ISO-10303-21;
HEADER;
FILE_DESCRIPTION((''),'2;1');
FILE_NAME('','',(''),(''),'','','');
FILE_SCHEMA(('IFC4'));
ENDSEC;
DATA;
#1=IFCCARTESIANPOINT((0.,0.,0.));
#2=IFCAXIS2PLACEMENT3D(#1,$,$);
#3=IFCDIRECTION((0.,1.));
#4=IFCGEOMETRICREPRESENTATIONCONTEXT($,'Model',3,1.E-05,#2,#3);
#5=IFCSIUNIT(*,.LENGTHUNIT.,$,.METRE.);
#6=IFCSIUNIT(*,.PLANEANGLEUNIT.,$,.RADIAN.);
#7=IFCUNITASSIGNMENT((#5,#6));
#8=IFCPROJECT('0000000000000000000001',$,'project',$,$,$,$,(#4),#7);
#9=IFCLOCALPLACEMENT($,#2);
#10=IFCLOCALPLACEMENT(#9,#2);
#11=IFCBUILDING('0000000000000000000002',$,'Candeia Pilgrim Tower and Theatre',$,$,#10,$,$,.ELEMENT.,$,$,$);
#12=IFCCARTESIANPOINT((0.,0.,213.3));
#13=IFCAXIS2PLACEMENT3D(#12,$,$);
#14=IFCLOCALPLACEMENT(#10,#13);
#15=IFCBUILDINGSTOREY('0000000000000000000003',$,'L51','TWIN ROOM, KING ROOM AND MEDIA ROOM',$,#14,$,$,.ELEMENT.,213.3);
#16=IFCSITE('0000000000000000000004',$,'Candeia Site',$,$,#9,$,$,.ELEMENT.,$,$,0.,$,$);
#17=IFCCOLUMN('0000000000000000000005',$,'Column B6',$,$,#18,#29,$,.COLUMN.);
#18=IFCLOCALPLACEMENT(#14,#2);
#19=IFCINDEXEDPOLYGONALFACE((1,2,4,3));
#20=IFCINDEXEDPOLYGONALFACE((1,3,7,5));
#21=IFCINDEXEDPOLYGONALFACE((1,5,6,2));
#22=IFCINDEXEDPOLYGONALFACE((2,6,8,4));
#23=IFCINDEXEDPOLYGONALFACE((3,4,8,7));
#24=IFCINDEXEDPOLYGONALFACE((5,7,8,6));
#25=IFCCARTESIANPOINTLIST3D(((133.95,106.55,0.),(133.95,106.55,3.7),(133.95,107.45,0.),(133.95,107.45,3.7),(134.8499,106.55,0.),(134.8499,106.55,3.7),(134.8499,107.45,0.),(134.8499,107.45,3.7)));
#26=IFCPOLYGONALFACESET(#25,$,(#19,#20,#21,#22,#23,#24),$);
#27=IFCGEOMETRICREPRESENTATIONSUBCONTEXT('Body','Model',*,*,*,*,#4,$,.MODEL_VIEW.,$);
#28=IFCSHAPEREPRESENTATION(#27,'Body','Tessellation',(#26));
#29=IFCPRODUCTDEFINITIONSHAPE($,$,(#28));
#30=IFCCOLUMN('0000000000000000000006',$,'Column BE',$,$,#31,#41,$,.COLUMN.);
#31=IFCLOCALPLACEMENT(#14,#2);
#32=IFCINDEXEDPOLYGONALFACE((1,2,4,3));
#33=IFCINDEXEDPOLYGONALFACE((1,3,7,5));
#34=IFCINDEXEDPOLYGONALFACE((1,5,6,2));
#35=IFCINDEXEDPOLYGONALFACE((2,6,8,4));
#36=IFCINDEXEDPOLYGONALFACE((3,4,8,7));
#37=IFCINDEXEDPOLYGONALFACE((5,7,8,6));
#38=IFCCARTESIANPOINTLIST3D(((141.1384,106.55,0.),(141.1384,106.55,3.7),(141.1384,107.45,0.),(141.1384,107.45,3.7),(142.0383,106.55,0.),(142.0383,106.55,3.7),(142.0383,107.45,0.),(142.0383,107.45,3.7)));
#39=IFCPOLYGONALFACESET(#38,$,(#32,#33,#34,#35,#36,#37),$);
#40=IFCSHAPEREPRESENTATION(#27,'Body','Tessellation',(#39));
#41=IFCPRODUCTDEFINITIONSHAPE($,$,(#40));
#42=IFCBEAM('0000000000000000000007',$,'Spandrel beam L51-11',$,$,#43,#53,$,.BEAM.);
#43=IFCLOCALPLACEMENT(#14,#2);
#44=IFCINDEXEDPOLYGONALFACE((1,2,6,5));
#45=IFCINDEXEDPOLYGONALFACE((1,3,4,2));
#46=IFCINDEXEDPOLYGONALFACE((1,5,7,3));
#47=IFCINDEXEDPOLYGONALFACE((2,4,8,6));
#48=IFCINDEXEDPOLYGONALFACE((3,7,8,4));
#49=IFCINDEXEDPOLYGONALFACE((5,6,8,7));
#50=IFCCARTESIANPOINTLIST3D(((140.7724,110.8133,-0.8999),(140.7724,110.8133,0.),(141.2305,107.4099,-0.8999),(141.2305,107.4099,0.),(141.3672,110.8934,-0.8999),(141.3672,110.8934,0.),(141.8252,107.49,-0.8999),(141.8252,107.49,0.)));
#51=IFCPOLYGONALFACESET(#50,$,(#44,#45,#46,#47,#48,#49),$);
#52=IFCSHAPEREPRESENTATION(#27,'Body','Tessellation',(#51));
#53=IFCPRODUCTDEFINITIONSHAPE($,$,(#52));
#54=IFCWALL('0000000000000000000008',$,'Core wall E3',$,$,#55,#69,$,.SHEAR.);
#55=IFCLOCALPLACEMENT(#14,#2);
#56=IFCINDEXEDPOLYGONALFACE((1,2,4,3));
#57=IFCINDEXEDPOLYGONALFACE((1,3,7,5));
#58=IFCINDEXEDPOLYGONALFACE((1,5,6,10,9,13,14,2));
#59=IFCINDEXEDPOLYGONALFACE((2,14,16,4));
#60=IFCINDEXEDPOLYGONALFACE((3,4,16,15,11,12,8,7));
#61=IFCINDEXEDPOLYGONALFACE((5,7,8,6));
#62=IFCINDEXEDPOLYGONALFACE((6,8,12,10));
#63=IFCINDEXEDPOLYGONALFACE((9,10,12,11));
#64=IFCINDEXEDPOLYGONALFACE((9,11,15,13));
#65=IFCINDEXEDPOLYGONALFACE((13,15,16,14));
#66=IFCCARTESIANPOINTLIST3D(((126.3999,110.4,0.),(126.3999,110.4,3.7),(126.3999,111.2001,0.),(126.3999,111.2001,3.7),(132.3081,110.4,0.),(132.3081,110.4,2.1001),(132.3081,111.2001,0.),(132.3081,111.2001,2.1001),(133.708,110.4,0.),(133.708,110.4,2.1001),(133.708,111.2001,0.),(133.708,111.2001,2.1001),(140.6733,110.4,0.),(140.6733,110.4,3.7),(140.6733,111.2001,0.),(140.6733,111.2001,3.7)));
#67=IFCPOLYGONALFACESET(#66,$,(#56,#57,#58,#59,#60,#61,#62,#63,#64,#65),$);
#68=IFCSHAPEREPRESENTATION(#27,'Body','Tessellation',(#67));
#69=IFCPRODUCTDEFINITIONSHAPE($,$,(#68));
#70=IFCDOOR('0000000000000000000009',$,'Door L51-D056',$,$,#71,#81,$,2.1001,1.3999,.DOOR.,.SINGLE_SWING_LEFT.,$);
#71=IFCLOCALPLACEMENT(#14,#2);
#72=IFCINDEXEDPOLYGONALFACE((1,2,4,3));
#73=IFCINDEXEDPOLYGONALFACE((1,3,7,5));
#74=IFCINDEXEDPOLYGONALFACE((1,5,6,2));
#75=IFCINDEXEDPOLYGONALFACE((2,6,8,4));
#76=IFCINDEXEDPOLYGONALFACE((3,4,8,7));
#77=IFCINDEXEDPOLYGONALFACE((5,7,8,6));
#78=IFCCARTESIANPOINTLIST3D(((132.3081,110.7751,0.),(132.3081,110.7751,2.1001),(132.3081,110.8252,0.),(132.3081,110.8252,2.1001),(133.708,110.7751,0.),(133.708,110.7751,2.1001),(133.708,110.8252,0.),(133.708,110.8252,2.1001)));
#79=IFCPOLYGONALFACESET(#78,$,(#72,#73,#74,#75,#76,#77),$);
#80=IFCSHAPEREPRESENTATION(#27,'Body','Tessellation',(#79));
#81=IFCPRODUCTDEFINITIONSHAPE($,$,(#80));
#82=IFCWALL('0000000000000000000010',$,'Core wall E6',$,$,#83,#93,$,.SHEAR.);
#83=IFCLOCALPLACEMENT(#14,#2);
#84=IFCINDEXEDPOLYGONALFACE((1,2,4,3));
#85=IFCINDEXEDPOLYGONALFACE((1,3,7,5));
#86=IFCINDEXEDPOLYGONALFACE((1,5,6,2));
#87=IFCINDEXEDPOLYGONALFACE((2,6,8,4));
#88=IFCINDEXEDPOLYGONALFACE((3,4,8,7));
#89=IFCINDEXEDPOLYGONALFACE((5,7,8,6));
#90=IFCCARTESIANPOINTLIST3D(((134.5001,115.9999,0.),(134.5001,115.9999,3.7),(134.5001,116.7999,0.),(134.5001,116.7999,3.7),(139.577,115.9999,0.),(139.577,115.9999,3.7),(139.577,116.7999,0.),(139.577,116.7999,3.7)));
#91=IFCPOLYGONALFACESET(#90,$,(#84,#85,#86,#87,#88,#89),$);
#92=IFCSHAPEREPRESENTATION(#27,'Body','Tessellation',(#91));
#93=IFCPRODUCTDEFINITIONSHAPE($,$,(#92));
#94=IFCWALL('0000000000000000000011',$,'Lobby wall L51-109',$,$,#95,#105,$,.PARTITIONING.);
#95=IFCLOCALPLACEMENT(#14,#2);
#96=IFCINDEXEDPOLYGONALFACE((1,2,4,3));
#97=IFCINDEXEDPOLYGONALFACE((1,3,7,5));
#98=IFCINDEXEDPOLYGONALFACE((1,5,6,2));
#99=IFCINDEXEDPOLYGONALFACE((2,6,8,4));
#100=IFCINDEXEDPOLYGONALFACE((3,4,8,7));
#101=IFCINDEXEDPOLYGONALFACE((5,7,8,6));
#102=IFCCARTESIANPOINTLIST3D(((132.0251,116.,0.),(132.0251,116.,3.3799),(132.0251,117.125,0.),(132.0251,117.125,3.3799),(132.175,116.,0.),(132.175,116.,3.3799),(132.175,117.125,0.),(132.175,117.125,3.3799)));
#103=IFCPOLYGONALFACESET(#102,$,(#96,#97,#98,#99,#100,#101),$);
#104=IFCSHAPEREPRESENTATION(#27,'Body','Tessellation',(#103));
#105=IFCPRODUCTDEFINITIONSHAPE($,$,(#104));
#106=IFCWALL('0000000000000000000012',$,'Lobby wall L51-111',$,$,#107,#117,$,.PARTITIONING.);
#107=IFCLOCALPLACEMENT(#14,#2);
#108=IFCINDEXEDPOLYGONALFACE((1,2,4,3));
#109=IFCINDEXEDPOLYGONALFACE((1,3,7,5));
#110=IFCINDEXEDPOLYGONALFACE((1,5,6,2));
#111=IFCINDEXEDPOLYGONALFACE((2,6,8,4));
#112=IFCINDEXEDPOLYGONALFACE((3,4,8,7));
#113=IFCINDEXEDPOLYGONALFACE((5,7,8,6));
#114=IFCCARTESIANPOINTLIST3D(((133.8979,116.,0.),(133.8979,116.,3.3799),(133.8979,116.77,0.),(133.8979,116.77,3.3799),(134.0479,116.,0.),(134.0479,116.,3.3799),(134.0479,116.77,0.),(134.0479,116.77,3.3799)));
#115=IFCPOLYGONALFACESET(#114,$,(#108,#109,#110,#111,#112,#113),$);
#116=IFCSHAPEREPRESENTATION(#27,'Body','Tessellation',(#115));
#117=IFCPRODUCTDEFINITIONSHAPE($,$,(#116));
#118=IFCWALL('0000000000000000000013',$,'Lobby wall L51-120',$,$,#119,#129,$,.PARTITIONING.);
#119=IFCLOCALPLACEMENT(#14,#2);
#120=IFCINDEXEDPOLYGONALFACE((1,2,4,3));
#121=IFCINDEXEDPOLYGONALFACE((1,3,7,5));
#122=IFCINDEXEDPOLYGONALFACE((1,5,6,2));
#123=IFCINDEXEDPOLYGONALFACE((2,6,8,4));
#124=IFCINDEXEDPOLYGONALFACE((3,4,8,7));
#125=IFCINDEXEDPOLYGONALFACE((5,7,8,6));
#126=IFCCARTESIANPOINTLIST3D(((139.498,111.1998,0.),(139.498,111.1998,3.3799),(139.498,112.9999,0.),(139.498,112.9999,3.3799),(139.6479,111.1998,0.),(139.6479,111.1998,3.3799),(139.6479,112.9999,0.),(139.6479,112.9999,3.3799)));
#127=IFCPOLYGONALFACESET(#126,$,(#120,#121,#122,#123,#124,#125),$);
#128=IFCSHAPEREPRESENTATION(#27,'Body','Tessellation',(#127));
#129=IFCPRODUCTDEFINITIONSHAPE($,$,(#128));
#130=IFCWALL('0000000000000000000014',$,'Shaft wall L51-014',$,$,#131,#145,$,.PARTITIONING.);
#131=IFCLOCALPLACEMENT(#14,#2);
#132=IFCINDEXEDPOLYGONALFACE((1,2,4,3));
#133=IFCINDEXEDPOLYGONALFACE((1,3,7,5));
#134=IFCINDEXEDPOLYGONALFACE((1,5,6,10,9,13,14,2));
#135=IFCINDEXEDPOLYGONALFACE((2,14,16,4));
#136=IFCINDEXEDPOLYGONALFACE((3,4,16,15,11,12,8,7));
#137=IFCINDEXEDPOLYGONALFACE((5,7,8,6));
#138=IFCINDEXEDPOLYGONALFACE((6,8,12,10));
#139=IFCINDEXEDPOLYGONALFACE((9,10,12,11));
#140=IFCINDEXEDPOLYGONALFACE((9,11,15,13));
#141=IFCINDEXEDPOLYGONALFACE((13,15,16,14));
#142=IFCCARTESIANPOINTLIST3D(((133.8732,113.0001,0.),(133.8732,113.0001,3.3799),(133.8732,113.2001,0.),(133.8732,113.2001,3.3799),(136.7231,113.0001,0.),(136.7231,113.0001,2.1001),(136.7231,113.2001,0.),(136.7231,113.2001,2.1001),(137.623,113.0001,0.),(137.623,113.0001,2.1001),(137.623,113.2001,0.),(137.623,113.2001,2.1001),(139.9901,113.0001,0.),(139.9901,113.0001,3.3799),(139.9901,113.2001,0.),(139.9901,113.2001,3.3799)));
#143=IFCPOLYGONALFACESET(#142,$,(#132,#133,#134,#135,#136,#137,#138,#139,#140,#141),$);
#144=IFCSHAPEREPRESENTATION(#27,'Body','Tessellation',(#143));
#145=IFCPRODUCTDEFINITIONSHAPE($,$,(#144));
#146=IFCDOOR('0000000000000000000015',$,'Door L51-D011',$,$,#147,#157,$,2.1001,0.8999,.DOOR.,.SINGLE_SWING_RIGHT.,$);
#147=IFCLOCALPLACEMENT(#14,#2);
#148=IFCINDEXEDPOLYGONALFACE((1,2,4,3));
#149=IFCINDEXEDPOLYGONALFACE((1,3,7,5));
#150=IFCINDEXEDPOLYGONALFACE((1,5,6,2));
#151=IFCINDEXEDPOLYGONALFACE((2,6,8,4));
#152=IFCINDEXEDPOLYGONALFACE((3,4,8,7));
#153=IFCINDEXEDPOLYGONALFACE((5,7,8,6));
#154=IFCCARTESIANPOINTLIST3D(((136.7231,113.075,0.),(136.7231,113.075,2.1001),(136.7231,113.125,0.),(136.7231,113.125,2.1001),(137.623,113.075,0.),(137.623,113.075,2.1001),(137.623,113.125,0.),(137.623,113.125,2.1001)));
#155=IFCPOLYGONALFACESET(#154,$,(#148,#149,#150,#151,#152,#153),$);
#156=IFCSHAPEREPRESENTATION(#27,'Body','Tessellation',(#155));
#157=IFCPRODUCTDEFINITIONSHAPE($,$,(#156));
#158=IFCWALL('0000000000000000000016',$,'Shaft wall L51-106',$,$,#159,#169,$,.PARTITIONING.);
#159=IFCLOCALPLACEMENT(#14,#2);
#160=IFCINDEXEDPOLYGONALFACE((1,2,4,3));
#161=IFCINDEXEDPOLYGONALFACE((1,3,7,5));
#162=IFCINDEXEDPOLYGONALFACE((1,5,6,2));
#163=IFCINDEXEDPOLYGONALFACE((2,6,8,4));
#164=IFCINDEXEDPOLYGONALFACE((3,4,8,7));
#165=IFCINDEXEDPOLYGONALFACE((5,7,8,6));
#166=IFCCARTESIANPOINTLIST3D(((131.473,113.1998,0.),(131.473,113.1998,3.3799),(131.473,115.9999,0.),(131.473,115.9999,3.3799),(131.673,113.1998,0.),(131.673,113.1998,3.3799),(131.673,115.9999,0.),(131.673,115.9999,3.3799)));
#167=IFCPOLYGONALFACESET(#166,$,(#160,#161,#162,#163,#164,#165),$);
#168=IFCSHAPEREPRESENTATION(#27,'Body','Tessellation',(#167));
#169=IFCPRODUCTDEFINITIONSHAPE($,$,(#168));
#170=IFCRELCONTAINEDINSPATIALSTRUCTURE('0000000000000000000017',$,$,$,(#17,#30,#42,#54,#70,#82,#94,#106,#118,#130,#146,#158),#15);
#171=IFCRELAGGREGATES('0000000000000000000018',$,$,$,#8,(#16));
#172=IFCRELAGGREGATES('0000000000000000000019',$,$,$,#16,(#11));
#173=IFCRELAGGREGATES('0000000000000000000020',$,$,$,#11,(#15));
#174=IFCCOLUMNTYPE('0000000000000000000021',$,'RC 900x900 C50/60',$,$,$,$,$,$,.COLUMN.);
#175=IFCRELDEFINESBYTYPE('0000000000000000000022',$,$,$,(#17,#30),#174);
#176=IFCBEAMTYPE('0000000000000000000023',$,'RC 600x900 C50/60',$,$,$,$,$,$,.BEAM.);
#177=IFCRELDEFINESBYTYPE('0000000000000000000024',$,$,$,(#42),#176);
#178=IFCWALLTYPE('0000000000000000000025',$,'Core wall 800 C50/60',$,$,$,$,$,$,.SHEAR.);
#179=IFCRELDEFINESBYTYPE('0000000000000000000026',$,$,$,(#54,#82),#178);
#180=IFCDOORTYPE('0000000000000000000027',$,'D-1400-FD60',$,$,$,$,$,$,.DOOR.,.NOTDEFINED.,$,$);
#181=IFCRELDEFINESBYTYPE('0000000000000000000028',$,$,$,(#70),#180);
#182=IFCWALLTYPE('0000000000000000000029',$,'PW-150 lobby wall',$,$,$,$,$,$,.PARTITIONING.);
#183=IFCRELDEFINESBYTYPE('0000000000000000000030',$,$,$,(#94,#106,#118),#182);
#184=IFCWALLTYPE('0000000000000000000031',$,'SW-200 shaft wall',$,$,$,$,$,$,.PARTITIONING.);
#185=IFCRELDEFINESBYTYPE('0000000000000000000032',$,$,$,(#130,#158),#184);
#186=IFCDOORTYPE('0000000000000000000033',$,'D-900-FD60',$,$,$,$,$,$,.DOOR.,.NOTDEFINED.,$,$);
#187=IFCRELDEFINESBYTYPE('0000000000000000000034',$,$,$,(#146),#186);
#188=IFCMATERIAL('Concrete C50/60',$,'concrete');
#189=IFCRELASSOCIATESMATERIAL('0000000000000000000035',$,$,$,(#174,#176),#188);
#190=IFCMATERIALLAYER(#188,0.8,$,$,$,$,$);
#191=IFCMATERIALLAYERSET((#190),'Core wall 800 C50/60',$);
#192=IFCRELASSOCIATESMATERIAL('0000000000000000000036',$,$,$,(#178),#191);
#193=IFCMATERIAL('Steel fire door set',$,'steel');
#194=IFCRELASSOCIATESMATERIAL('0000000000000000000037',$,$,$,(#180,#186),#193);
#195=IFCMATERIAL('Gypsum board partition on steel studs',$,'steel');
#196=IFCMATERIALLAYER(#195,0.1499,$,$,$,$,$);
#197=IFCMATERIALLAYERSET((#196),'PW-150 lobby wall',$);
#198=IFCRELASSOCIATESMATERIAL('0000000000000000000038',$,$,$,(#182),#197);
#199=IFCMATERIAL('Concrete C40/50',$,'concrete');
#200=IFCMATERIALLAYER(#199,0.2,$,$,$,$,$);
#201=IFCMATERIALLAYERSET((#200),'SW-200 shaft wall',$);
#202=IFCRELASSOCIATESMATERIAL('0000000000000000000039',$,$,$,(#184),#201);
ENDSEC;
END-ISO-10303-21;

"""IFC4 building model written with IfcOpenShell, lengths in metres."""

from ifc_helpers import new_model, si_unit, direction, frame, frame_2d, origin, origin_2d, place, context, subcontext, project, spatial, rectangle, extrude, material, layer, layer_set, material_profile, profile_set, type_object, element, fill, save


model = new_model("IFC4")

# Units and contexts
model_context = context("Model", 3, precision=1e-05, world=origin(), true_north=direction((0.0, 1.0)))
body_context = subcontext(model_context, "Body", "Model", "MODEL_VIEW")
ifc_project = project(units=[si_unit("LENGTHUNIT", "METRE"), si_unit("PLANEANGLEUNIT", "RADIAN")], contexts=[model_context])

# Site, building, storey
site_placement = place(None, origin())
site = spatial("IfcSite", under=ifc_project, at=site_placement, Name="Candeia Site", CompositionType="ELEMENT", RefElevation=0.0)
building_placement = place(site_placement, origin())
building = spatial("IfcBuilding", under=site, at=building_placement, Name="Candeia Pilgrim Tower and Theatre", CompositionType="ELEMENT")
storey_placement = place(building_placement, frame((0.0, 0.0, 213.3)))
storey = spatial("IfcBuildingStorey", under=building, at=storey_placement, Name="L51", Description="TWIN ROOM, KING ROOM AND MEDIA ROOM", CompositionType="ELEMENT", Elevation=213.3)

# Columns
ifc_material_1 = material(Name="Concrete C50/60", Category="concrete")
ifc_material_profile_1 = material_profile(ifc_material_1, rectangle(XDim=0.8999, YDim=0.8999, at=origin_2d()))
ifc_profile_set_1 = profile_set([ifc_material_profile_1], Name="Concrete C50/60")
column_type = type_object("IfcColumnType", Name="RC 900x900 C50/60", PredefinedType="COLUMN", material=ifc_profile_set_1)
for number, where, z_axis, x_axis, name in (
    (1, (134.3999, 107.0, 0.0), (0.0, 0.0, 1.0), (1.0, 0.0, 0.0), "Column B6"),
    (2, (141.5884, 107.0, 0.0), (0.0, 0.0, 1.0), (1.0, 0.0, 0.0), "Column BE"),
):
    element("IfcColumn", number, at=place(storey_placement, frame(where, z_axis=z_axis, x_axis=x_axis)), inside=storey, type_object=column_type, Name=name, PredefinedType="COLUMN", context=body_context, shape_type="SweptSolid", body=[
        extrude(rectangle(XDim=0.8999, YDim=0.8999, at=origin_2d()), origin(), (0.0, 0.0, 1.0), 3.7),
    ])

# Beam
ifc_material_profile_2 = material_profile(ifc_material_1, rectangle(XDim=0.6001, YDim=0.8999, at=origin_2d()))
ifc_profile_set_2 = profile_set([ifc_material_profile_2], Name="Concrete C50/60")
beam_type = type_object("IfcBeamType", Name="RC 600x900 C50/60", PredefinedType="BEAM", material=ifc_profile_set_2)
beam_placement = place(storey_placement, frame((141.5278, 107.45, -0.45), z_axis=(-0.133374, 0.991066, 0.0), x_axis=(-0.991066, -0.133374, 0.0)))
element("IfcBeam", 3, at=beam_placement, inside=storey, type_object=beam_type, Name="Spandrel beam L51-11", PredefinedType="BEAM", context=body_context, shape_type="SweptSolid", body=[
    extrude(rectangle(XDim=0.6001, YDim=0.8999, at=origin_2d()), origin(), (0.0, 0.0, 1.0), 3.4341),
])

# Wall, opening, door
ifc_layer_1 = layer(ifc_material_1, 0.8)
ifc_layer_set_1 = layer_set([ifc_layer_1], Name="Core wall 800 C50/60")
wall_type_1 = type_object("IfcWallType", Name="Core wall 800 C50/60", PredefinedType="SHEAR", material=ifc_layer_set_1)
wall_1_placement = place(storey_placement, frame((140.6733, 110.8, 0.0), z_axis=(0.0, 0.0, 1.0), x_axis=(-1.0, 0.0, 0.0)))
wall_1 = element("IfcWall", 4, at=wall_1_placement, inside=storey, type_object=wall_type_1, Name="Core wall E3", PredefinedType="SHEAR", context=body_context, shape_type="SweptSolid", body=[
    extrude(rectangle(XDim=14.2734, YDim=0.8, at=frame_2d((7.1367, 0.0))), origin(), (0.0, 0.0, 1.0), 3.7),
])
opening_1_placement = place(wall_1_placement, frame((6.9653, 0.0, 0.0)))
opening_1 = element("IfcOpeningElement", 5, at=opening_1_placement, cuts=wall_1, PredefinedType="OPENING", context=body_context, shape_type="SweptSolid", body=[
    extrude(rectangle(XDim=1.3999, YDim=2.1001, at=frame_2d((0.7, 1.05))), frame((0.0, 0.4102, 0.0), z_axis=(0.0, -1.0, 0.0), x_axis=(1.0, 0.0, 0.0)), (0.0, 0.0, 1.0), 0.8201),
])
ifc_material_2 = material(Name="Steel fire door set", Category="steel")
door_type_1 = type_object("IfcDoorType", Name="D-1400-FD60", OperationType="NOTDEFINED", PredefinedType="DOOR", material=ifc_material_2)
door_1_placement = place(opening_1_placement, origin())
door_1 = element("IfcDoor", 6, at=door_1_placement, inside=storey, type_object=door_type_1, Name="Door L51-D056", OperationType="SINGLE_SWING_LEFT", OverallHeight=2.1001, OverallWidth=1.3999, PredefinedType="DOOR", context=body_context, shape_type="SweptSolid", body=[
    extrude(rectangle(XDim=1.3999, YDim=2.1001, at=frame_2d((0.7, 1.05))), frame((0.0, 0.0249, 0.0), z_axis=(0.0, -1.0, 0.0), x_axis=(1.0, 0.0, 0.0)), (0.0, 0.0, 1.0), 0.05),
])
fill(opening_1, door_1)

# Walls
wall_2_placement = place(storey_placement, frame((134.5, 116.3999, 0.0), z_axis=(0.0, 0.0, 1.0), x_axis=(1.0, 0.0, 0.0)))
element("IfcWall", 7, at=wall_2_placement, inside=storey, type_object=wall_type_1, Name="Core wall E6", PredefinedType="SHEAR", context=body_context, shape_type="SweptSolid", body=[
    extrude(rectangle(XDim=5.0769, YDim=0.8, at=frame_2d((2.5386, 0.0))), origin(), (0.0, 0.0, 1.0), 3.7),
])
ifc_material_3 = material(Name="Gypsum board partition on steel studs", Category="steel")
ifc_layer_2 = layer(ifc_material_3, 0.1499)
ifc_layer_set_2 = layer_set([ifc_layer_2], Name="PW-150 lobby wall")
wall_type_2 = type_object("IfcWallType", Name="PW-150 lobby wall", PredefinedType="PARTITIONING", material=ifc_layer_set_2)
wall_3_placement = place(storey_placement, frame((132.1001, 116.0, 0.0), z_axis=(0.0, 0.0, 1.0), x_axis=(0.0, 1.0, 0.0)))
element("IfcWall", 8, at=wall_3_placement, inside=storey, type_object=wall_type_2, Name="Lobby wall L51-109", PredefinedType="PARTITIONING", context=body_context, shape_type="SweptSolid", body=[
    extrude(rectangle(XDim=1.125, YDim=0.1499, at=frame_2d((0.5625, 0.0))), origin(), (0.0, 0.0, 1.0), 3.3799),
])
wall_4_placement = place(storey_placement, frame((133.9729, 116.0, 0.0), z_axis=(0.0, 0.0, 1.0), x_axis=(0.0, 1.0, 0.0)))
element("IfcWall", 9, at=wall_4_placement, inside=storey, type_object=wall_type_2, Name="Lobby wall L51-111", PredefinedType="PARTITIONING", context=body_context, shape_type="SweptSolid", body=[
    extrude(rectangle(XDim=0.77, YDim=0.1499, at=frame_2d((0.385, 0.0))), origin(), (0.0, 0.0, 1.0), 3.3799),
])
wall_5_placement = place(storey_placement, frame((139.573, 111.2, 0.0), z_axis=(0.0, 0.0, 1.0), x_axis=(0.0, 1.0, 0.0)))
element("IfcWall", 10, at=wall_5_placement, inside=storey, type_object=wall_type_2, Name="Lobby wall L51-120", PredefinedType="PARTITIONING", context=body_context, shape_type="SweptSolid", body=[
    extrude(rectangle(XDim=1.8, YDim=0.1499, at=frame_2d((0.8999, 0.0))), origin(), (0.0, 0.0, 1.0), 3.3799),
])

# Wall, opening, door
ifc_material_4 = material(Name="Concrete C40/50", Category="concrete")
ifc_layer_3 = layer(ifc_material_4, 0.2)
ifc_layer_set_3 = layer_set([ifc_layer_3], Name="SW-200 shaft wall")
wall_type_3 = type_object("IfcWallType", Name="SW-200 shaft wall", PredefinedType="PARTITIONING", material=ifc_layer_set_3)
wall_6_placement = place(storey_placement, frame((133.873, 113.1001, 0.0), z_axis=(0.0, 0.0, 1.0), x_axis=(1.0, 0.0, 0.0)))
wall_6 = element("IfcWall", 11, at=wall_6_placement, inside=storey, type_object=wall_type_3, Name="Shaft wall L51-014", PredefinedType="PARTITIONING", context=body_context, shape_type="SweptSolid", body=[
    extrude(rectangle(XDim=6.1169, YDim=0.2, at=frame_2d((3.0586, 0.0))), origin(), (0.0, 0.0, 1.0), 3.3799),
])
opening_2_placement = place(wall_6_placement, frame((2.8501, 0.0, 0.0)))
opening_2 = element("IfcOpeningElement", 12, at=opening_2_placement, cuts=wall_6, PredefinedType="OPENING", context=body_context, shape_type="SweptSolid", body=[
    extrude(rectangle(XDim=0.8999, YDim=2.1001, at=frame_2d((0.45, 1.05))), frame((0.0, 0.1099, 0.0), z_axis=(0.0, -1.0, 0.0), x_axis=(1.0, 0.0, 0.0)), (0.0, 0.0, 1.0), 0.22),
])
door_type_2 = type_object("IfcDoorType", Name="D-900-FD60", OperationType="NOTDEFINED", PredefinedType="DOOR", material=ifc_material_2)
door_2_placement = place(opening_2_placement, origin())
door_2 = element("IfcDoor", 13, at=door_2_placement, inside=storey, type_object=door_type_2, Name="Door L51-D011", OperationType="SINGLE_SWING_RIGHT", OverallHeight=2.1001, OverallWidth=0.8999, PredefinedType="DOOR", context=body_context, shape_type="SweptSolid", body=[
    extrude(rectangle(XDim=0.8999, YDim=2.1001, at=frame_2d((0.45, 1.05))), frame((0.0, 0.0249, 0.0), z_axis=(0.0, -1.0, 0.0), x_axis=(1.0, 0.0, 0.0)), (0.0, 0.0, 1.0), 0.05),
])
fill(opening_2, door_2)

# Wall
wall_7_placement = place(storey_placement, frame((131.573, 113.2, 0.0), z_axis=(0.0, 0.0, 1.0), x_axis=(0.0, 1.0, 0.0)))
element("IfcWall", 14, at=wall_7_placement, inside=storey, type_object=wall_type_3, Name="Shaft wall L51-106", PredefinedType="PARTITIONING", context=body_context, shape_type="SweptSolid", body=[
    extrude(rectangle(XDim=2.8, YDim=0.2, at=frame_2d((1.3999, 0.0))), origin(), (0.0, 0.0, 1.0), 3.3799),
])

save(model, "model.ifc")
